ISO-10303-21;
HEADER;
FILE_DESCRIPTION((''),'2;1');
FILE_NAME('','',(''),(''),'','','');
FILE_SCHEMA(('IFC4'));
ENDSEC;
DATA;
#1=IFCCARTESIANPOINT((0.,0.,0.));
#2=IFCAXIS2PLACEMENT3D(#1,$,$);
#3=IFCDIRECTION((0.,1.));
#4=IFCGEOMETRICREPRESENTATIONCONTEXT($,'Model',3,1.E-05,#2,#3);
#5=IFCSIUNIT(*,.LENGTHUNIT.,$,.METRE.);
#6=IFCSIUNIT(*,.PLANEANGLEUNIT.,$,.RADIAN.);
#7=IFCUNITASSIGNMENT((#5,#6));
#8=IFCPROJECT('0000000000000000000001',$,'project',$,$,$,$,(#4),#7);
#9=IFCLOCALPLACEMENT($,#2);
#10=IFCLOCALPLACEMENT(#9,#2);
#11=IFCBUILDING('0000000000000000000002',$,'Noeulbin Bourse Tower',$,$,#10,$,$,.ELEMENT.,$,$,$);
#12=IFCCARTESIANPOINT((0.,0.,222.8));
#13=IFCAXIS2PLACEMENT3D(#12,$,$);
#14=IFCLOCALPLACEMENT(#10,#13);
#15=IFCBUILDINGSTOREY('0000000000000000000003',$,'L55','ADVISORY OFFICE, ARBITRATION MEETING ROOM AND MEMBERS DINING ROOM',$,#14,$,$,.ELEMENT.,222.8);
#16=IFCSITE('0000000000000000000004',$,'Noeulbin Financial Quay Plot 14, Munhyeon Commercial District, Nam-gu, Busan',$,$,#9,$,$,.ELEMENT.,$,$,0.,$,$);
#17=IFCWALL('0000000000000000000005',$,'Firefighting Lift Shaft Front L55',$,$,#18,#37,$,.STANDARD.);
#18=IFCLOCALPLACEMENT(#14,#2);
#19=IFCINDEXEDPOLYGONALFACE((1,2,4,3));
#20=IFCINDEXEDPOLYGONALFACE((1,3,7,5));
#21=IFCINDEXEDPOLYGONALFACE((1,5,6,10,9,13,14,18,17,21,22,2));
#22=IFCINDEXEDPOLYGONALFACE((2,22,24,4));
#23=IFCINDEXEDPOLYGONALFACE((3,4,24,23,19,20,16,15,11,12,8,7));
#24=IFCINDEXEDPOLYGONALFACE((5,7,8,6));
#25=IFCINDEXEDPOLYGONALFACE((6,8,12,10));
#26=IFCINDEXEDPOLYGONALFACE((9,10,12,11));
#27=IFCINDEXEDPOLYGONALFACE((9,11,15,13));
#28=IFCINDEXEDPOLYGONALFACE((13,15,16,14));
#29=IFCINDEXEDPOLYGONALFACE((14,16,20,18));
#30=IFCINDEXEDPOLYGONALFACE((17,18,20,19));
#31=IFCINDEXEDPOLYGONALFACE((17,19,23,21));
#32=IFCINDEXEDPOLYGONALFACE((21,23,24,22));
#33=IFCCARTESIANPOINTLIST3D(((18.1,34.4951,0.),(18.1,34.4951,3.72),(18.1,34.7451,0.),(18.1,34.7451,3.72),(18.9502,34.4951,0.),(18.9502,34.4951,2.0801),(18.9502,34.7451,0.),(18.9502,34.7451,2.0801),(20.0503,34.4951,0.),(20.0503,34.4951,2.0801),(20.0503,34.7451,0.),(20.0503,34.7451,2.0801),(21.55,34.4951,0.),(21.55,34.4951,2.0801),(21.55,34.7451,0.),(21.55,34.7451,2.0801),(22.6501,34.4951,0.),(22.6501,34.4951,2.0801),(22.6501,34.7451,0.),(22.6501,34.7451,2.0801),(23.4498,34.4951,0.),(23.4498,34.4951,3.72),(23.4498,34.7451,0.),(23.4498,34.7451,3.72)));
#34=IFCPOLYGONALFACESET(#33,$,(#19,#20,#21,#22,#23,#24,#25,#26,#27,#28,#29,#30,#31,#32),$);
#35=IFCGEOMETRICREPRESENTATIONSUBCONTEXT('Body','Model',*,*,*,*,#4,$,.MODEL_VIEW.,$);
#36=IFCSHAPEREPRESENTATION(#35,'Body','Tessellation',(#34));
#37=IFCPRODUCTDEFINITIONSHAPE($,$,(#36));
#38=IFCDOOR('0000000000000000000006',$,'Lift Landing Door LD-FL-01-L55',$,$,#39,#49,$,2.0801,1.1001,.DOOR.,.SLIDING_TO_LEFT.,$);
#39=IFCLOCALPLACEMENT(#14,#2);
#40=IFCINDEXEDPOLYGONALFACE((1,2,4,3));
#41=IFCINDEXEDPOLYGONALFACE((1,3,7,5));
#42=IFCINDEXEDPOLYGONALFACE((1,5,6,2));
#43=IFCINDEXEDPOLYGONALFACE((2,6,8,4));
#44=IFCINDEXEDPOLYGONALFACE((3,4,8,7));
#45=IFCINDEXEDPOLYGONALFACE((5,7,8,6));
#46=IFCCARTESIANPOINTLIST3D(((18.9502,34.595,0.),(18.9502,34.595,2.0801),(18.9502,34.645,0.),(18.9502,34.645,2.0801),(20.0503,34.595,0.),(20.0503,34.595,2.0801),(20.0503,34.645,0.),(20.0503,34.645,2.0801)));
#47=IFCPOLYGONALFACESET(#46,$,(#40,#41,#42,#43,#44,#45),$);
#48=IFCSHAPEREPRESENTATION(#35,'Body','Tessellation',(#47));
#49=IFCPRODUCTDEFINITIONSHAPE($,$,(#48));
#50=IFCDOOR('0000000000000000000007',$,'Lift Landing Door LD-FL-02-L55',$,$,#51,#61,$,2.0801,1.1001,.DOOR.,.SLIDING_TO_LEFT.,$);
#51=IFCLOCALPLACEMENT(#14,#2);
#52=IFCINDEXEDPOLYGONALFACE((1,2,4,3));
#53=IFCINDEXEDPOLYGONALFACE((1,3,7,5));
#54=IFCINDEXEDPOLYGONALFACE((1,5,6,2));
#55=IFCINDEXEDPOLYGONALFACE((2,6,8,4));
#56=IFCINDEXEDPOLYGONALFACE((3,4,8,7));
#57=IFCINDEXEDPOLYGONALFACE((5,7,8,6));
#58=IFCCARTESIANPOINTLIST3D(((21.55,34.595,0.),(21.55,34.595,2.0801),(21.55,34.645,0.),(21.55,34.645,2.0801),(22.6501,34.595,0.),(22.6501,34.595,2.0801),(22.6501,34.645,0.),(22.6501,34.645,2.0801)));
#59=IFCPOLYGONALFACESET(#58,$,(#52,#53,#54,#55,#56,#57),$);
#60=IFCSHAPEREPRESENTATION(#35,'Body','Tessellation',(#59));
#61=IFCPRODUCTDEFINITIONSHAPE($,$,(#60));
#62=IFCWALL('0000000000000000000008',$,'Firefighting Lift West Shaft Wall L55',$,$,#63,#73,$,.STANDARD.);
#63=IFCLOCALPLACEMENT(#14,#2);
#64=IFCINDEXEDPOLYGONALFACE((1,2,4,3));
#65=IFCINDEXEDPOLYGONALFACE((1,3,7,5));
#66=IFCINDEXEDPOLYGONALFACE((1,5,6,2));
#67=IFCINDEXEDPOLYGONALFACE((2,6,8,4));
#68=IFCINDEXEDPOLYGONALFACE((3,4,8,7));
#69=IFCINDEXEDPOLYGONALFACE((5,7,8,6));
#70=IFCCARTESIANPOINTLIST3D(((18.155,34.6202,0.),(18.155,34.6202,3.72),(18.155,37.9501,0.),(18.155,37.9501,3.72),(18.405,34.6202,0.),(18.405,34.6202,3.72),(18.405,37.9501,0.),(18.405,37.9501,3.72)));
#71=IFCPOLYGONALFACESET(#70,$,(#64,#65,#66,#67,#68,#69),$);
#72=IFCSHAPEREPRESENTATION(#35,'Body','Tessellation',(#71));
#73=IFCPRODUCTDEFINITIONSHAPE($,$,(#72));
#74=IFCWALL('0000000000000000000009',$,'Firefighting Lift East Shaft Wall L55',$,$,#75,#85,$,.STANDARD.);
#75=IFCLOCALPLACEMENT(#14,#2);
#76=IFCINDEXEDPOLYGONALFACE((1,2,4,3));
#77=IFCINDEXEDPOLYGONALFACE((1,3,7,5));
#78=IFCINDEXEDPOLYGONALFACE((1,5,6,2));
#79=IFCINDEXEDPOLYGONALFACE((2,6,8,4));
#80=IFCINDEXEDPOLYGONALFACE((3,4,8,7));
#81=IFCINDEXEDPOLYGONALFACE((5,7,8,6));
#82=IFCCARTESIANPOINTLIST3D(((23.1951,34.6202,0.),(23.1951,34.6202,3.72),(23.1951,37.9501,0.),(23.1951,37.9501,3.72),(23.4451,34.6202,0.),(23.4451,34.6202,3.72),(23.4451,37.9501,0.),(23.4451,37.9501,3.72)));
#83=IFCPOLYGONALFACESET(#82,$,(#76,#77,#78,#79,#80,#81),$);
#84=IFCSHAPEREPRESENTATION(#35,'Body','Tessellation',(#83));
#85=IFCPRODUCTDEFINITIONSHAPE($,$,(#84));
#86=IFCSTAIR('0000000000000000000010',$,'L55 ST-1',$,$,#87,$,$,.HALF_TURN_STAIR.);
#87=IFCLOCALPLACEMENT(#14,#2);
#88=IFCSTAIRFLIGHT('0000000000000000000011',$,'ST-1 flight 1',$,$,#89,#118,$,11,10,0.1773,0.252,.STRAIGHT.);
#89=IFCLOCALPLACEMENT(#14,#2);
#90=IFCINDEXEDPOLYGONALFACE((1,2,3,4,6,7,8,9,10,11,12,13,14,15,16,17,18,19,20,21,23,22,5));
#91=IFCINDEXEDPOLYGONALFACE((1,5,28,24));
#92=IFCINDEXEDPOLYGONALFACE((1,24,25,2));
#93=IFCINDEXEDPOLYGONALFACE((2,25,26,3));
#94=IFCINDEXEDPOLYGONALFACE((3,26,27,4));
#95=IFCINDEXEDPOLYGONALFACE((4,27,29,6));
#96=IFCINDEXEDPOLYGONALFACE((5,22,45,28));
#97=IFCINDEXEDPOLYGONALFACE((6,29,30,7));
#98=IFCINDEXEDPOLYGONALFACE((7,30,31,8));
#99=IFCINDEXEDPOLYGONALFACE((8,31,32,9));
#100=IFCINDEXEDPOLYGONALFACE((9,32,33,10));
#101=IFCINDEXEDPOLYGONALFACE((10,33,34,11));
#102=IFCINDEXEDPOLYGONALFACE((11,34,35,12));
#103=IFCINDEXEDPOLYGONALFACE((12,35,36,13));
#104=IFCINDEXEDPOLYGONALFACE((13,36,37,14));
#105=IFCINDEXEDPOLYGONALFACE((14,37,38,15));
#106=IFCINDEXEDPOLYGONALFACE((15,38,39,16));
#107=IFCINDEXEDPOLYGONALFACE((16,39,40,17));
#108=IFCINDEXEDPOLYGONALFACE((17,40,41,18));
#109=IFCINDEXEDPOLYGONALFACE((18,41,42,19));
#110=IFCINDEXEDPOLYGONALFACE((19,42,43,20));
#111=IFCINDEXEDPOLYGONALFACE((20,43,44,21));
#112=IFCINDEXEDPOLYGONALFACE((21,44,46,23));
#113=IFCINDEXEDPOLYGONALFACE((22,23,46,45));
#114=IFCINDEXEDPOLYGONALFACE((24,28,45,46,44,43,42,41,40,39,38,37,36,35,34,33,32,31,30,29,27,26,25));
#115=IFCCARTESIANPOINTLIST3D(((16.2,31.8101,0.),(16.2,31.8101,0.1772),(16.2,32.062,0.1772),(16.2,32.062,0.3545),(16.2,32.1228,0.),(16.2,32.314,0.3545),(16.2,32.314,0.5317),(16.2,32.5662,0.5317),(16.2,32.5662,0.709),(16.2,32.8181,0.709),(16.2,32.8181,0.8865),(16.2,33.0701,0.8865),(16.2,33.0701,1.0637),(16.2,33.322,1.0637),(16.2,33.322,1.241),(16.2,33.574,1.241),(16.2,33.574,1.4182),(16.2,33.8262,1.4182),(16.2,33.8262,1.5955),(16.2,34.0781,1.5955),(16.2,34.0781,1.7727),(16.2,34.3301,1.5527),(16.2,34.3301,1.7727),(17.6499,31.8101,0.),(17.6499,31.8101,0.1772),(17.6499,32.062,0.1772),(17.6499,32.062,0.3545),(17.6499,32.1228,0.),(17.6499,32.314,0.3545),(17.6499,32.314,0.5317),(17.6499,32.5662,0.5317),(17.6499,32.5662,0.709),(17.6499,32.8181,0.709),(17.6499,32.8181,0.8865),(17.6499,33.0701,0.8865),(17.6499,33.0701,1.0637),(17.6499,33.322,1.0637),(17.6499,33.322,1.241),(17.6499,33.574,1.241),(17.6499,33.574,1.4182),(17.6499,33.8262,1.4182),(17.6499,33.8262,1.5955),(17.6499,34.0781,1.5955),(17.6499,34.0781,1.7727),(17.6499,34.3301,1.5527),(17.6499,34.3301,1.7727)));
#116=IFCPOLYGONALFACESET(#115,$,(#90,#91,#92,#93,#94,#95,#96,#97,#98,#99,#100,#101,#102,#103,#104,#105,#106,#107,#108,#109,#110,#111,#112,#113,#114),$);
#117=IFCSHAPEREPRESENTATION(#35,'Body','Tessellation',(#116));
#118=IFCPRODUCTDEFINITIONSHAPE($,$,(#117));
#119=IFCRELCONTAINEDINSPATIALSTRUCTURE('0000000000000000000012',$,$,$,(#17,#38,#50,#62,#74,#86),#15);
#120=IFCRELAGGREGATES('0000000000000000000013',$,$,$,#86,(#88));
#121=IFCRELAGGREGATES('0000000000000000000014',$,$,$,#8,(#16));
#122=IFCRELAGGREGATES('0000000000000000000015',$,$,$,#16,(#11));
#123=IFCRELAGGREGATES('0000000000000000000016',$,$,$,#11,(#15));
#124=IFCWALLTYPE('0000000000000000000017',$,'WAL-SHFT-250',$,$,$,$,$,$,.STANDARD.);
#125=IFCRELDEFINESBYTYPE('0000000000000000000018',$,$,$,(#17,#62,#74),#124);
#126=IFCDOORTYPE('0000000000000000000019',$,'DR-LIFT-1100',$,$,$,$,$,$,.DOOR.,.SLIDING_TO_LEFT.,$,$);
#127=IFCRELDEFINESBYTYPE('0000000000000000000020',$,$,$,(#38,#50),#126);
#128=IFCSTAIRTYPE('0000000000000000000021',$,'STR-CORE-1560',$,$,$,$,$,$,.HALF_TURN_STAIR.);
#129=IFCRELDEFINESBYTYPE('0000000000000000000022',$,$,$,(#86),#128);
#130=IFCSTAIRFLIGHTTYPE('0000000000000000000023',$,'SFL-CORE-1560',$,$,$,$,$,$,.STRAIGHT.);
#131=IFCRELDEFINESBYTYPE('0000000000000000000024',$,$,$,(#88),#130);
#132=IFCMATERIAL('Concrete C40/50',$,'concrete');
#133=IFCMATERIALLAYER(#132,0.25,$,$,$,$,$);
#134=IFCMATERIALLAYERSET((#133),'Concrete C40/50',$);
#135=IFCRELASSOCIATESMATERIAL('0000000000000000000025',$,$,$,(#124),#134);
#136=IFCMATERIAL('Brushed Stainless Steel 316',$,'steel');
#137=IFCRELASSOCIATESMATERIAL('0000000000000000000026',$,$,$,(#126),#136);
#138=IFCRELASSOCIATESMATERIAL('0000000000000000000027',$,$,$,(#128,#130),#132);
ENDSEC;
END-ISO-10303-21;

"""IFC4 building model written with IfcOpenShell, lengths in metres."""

from ifc_helpers import new_model, si_unit, direction, frame, frame_2d, origin, place, context, subcontext, project, spatial, polyline, rectangle, outline, extrude, material, layer, layer_set, type_object, element, fill, aggregate, save


model = new_model("IFC4")

# Units and contexts
model_context = context("Model", 3, precision=1e-05, world=origin(), true_north=direction((0.0, 1.0)))
body_context = subcontext(model_context, "Body", "Model", "MODEL_VIEW")
ifc_project = project(units=[si_unit("LENGTHUNIT", "METRE"), si_unit("PLANEANGLEUNIT", "RADIAN")], contexts=[model_context])

# Site, building, storey
site_placement = place(None, origin())
site = spatial("IfcSite", under=ifc_project, at=site_placement, Name="Noeulbin Financial Quay Plot 14, Munhyeon Commercial District, Nam-gu, Busan", CompositionType="ELEMENT", RefElevation=0.0)
building_placement = place(site_placement, origin())
building = spatial("IfcBuilding", under=site, at=building_placement, Name="Noeulbin Bourse Tower", CompositionType="ELEMENT")
storey_placement = place(building_placement, frame((0.0, 0.0, 222.8)))
storey = spatial("IfcBuildingStorey", under=building, at=storey_placement, Name="L55", Description="ADVISORY OFFICE, ARBITRATION MEETING ROOM AND MEMBERS DINING ROOM", CompositionType="ELEMENT", Elevation=222.8)

# Shared definitions
ifc_material_1 = material(Name="Concrete C40/50", Category="concrete")

# Shared definitions
ifc_layer_1 = layer(ifc_material_1, 0.25)
ifc_layer_set_1 = layer_set([ifc_layer_1], Name="Concrete C40/50")
wall_type_1 = type_object("IfcWallType", Name="WAL-SHFT-250", PredefinedType="STANDARD", material=ifc_layer_set_1)

# Wall, openings, doors
wall_1_placement = place(storey_placement, frame((18.1001, 34.6201, 0.0), z_axis=(0.0, 0.0, 1.0), x_axis=(1.0, 0.0, 0.0)))
wall_1 = element("IfcWall", 1, at=wall_1_placement, inside=storey, type_object=wall_type_1, Name="Firefighting Lift Shaft Front L55", PredefinedType="STANDARD", context=body_context, shape_type="SweptSolid", body=[
    extrude(rectangle(XDim=5.3499, YDim=0.25, at=frame_2d((2.6748, 0.0))), origin(), (0.0, 0.0, 1.0), 3.72),
])
opening_1_placement = place(wall_1_placement, frame((0.8501, 0.0, 0.0)))
opening_1 = element("IfcOpeningElement", 2, at=opening_1_placement, cuts=wall_1, PredefinedType="OPENING", context=body_context, shape_type="SweptSolid", body=[
    extrude(rectangle(XDim=1.1001, YDim=2.0801, at=frame_2d((0.55, 1.04))), frame((0.0, 0.135, 0.0), z_axis=(0.0, -1.0, 0.0), x_axis=(1.0, 0.0, 0.0)), (0.0, 0.0, 1.0), 0.27),
])
opening_2_placement = place(wall_1_placement, frame((3.45, 0.0, 0.0)))
opening_2 = element("IfcOpeningElement", 3, at=opening_2_placement, cuts=wall_1, PredefinedType="OPENING", context=body_context, shape_type="SweptSolid", body=[
    extrude(rectangle(XDim=1.1001, YDim=2.0801, at=frame_2d((0.55, 1.04))), frame((0.0, 0.135, 0.0), z_axis=(0.0, -1.0, 0.0), x_axis=(1.0, 0.0, 0.0)), (0.0, 0.0, 1.0), 0.27),
])
ifc_material_2 = material(Name="Brushed Stainless Steel 316", Category="steel")
door_type_1 = type_object("IfcDoorType", Name="DR-LIFT-1100", OperationType="SLIDING_TO_LEFT", PredefinedType="DOOR", material=ifc_material_2)
door_1_placement = place(opening_1_placement, origin())
door_1 = element("IfcDoor", 4, at=door_1_placement, inside=storey, type_object=door_type_1, Name="Lift Landing Door LD-FL-01-L55", OperationType="SLIDING_TO_LEFT", OverallHeight=2.0801, OverallWidth=1.1001, PredefinedType="DOOR", context=body_context, shape_type="SweptSolid", body=[
    extrude(rectangle(XDim=1.1001, YDim=2.0801, at=frame_2d((0.55, 1.04))), frame((0.0, 0.0249, 0.0), z_axis=(0.0, -1.0, 0.0), x_axis=(1.0, 0.0, 0.0)), (0.0, 0.0, 1.0), 0.05),
])
fill(opening_1, door_1)
door_2_placement = place(opening_2_placement, origin())
door_2 = element("IfcDoor", 5, at=door_2_placement, inside=storey, type_object=door_type_1, Name="Lift Landing Door LD-FL-02-L55", OperationType="SLIDING_TO_LEFT", OverallHeight=2.0801, OverallWidth=1.1001, PredefinedType="DOOR", context=body_context, shape_type="SweptSolid", body=[
    extrude(rectangle(XDim=1.1001, YDim=2.0801, at=frame_2d((0.55, 1.04))), frame((0.0, 0.0249, 0.0), z_axis=(0.0, -1.0, 0.0), x_axis=(1.0, 0.0, 0.0)), (0.0, 0.0, 1.0), 0.05),
])
fill(opening_2, door_2)

# Walls
for number, where, z_axis, x_axis, name in (
    (6, (18.28, 34.6201, 0.0), (0.0, 0.0, 1.0), (0.0, 1.0, 0.0), "Firefighting Lift West Shaft Wall L55"),
    (7, (23.3201, 34.6201, 0.0), (0.0, 0.0, 1.0), (0.0, 1.0, 0.0), "Firefighting Lift East Shaft Wall L55"),
):
    element("IfcWall", number, at=place(storey_placement, frame(where, z_axis=z_axis, x_axis=x_axis)), inside=storey, type_object=wall_type_1, Name=name, PredefinedType="STANDARD", context=body_context, shape_type="SweptSolid", body=[
        extrude(rectangle(XDim=3.3298, YDim=0.25, at=frame_2d((1.665, 0.0))), origin(), (0.0, 0.0, 1.0), 3.72),
    ])

# Stair, stair flight
stair_type = type_object("IfcStairType", Name="STR-CORE-1560", PredefinedType="HALF_TURN_STAIR", material=ifc_material_1)
stair_placement = place(storey_placement, origin())
stair = element("IfcStair", 8, at=stair_placement, inside=storey, type_object=stair_type, Name="L55 ST-1", PredefinedType="HALF_TURN_STAIR")
stair_flight_type = type_object("IfcStairFlightType", Name="SFL-CORE-1560", PredefinedType="STRAIGHT", material=ifc_material_1)
stair_flight_placement = place(storey_placement, frame((16.925, 31.8101, 0.0), z_axis=(0.0, 0.0, 1.0), x_axis=(0.0, 1.0, 0.0)))
stair_flight = element("IfcStairFlight", 9, at=stair_flight_placement, type_object=stair_flight_type, Name="ST-1 flight 1", NumberOfRisers=11, NumberOfTreads=10, PredefinedType="STRAIGHT", RiserHeight=0.1773, TreadLength=0.252, context=body_context, shape_type="SweptSolid", body=[
    extrude(outline(polyline([(0.0, 0.0), (0.0, 0.1772), (0.252, 0.1772), (0.252, 0.3545), (0.5039, 0.3545), (0.5039, 0.5317), (0.7561, 0.5317), (0.7561, 0.709), (1.0081, 0.709), (1.0081, 0.8865), (1.26, 0.8865), (1.26, 1.0637), (1.512, 1.0637), (1.512, 1.241), (1.7639, 1.241), (1.7639, 1.4182), (2.0161, 1.4182), (2.0161, 1.5955), (2.2681, 1.5955), (2.2681, 1.7727), (2.52, 1.7727), (2.52, 1.95), (2.52, 1.5527), (0.3127, 0.0), (0.0, 0.0)])), frame((0.0, 0.7251, 0.0), z_axis=(0.0, -1.0, 0.0), x_axis=(1.0, 0.0, 0.0)), (0.0, 0.0, 1.0), 1.45),
])
aggregate(stair, [stair_flight])

save(model, "model.ifc")
